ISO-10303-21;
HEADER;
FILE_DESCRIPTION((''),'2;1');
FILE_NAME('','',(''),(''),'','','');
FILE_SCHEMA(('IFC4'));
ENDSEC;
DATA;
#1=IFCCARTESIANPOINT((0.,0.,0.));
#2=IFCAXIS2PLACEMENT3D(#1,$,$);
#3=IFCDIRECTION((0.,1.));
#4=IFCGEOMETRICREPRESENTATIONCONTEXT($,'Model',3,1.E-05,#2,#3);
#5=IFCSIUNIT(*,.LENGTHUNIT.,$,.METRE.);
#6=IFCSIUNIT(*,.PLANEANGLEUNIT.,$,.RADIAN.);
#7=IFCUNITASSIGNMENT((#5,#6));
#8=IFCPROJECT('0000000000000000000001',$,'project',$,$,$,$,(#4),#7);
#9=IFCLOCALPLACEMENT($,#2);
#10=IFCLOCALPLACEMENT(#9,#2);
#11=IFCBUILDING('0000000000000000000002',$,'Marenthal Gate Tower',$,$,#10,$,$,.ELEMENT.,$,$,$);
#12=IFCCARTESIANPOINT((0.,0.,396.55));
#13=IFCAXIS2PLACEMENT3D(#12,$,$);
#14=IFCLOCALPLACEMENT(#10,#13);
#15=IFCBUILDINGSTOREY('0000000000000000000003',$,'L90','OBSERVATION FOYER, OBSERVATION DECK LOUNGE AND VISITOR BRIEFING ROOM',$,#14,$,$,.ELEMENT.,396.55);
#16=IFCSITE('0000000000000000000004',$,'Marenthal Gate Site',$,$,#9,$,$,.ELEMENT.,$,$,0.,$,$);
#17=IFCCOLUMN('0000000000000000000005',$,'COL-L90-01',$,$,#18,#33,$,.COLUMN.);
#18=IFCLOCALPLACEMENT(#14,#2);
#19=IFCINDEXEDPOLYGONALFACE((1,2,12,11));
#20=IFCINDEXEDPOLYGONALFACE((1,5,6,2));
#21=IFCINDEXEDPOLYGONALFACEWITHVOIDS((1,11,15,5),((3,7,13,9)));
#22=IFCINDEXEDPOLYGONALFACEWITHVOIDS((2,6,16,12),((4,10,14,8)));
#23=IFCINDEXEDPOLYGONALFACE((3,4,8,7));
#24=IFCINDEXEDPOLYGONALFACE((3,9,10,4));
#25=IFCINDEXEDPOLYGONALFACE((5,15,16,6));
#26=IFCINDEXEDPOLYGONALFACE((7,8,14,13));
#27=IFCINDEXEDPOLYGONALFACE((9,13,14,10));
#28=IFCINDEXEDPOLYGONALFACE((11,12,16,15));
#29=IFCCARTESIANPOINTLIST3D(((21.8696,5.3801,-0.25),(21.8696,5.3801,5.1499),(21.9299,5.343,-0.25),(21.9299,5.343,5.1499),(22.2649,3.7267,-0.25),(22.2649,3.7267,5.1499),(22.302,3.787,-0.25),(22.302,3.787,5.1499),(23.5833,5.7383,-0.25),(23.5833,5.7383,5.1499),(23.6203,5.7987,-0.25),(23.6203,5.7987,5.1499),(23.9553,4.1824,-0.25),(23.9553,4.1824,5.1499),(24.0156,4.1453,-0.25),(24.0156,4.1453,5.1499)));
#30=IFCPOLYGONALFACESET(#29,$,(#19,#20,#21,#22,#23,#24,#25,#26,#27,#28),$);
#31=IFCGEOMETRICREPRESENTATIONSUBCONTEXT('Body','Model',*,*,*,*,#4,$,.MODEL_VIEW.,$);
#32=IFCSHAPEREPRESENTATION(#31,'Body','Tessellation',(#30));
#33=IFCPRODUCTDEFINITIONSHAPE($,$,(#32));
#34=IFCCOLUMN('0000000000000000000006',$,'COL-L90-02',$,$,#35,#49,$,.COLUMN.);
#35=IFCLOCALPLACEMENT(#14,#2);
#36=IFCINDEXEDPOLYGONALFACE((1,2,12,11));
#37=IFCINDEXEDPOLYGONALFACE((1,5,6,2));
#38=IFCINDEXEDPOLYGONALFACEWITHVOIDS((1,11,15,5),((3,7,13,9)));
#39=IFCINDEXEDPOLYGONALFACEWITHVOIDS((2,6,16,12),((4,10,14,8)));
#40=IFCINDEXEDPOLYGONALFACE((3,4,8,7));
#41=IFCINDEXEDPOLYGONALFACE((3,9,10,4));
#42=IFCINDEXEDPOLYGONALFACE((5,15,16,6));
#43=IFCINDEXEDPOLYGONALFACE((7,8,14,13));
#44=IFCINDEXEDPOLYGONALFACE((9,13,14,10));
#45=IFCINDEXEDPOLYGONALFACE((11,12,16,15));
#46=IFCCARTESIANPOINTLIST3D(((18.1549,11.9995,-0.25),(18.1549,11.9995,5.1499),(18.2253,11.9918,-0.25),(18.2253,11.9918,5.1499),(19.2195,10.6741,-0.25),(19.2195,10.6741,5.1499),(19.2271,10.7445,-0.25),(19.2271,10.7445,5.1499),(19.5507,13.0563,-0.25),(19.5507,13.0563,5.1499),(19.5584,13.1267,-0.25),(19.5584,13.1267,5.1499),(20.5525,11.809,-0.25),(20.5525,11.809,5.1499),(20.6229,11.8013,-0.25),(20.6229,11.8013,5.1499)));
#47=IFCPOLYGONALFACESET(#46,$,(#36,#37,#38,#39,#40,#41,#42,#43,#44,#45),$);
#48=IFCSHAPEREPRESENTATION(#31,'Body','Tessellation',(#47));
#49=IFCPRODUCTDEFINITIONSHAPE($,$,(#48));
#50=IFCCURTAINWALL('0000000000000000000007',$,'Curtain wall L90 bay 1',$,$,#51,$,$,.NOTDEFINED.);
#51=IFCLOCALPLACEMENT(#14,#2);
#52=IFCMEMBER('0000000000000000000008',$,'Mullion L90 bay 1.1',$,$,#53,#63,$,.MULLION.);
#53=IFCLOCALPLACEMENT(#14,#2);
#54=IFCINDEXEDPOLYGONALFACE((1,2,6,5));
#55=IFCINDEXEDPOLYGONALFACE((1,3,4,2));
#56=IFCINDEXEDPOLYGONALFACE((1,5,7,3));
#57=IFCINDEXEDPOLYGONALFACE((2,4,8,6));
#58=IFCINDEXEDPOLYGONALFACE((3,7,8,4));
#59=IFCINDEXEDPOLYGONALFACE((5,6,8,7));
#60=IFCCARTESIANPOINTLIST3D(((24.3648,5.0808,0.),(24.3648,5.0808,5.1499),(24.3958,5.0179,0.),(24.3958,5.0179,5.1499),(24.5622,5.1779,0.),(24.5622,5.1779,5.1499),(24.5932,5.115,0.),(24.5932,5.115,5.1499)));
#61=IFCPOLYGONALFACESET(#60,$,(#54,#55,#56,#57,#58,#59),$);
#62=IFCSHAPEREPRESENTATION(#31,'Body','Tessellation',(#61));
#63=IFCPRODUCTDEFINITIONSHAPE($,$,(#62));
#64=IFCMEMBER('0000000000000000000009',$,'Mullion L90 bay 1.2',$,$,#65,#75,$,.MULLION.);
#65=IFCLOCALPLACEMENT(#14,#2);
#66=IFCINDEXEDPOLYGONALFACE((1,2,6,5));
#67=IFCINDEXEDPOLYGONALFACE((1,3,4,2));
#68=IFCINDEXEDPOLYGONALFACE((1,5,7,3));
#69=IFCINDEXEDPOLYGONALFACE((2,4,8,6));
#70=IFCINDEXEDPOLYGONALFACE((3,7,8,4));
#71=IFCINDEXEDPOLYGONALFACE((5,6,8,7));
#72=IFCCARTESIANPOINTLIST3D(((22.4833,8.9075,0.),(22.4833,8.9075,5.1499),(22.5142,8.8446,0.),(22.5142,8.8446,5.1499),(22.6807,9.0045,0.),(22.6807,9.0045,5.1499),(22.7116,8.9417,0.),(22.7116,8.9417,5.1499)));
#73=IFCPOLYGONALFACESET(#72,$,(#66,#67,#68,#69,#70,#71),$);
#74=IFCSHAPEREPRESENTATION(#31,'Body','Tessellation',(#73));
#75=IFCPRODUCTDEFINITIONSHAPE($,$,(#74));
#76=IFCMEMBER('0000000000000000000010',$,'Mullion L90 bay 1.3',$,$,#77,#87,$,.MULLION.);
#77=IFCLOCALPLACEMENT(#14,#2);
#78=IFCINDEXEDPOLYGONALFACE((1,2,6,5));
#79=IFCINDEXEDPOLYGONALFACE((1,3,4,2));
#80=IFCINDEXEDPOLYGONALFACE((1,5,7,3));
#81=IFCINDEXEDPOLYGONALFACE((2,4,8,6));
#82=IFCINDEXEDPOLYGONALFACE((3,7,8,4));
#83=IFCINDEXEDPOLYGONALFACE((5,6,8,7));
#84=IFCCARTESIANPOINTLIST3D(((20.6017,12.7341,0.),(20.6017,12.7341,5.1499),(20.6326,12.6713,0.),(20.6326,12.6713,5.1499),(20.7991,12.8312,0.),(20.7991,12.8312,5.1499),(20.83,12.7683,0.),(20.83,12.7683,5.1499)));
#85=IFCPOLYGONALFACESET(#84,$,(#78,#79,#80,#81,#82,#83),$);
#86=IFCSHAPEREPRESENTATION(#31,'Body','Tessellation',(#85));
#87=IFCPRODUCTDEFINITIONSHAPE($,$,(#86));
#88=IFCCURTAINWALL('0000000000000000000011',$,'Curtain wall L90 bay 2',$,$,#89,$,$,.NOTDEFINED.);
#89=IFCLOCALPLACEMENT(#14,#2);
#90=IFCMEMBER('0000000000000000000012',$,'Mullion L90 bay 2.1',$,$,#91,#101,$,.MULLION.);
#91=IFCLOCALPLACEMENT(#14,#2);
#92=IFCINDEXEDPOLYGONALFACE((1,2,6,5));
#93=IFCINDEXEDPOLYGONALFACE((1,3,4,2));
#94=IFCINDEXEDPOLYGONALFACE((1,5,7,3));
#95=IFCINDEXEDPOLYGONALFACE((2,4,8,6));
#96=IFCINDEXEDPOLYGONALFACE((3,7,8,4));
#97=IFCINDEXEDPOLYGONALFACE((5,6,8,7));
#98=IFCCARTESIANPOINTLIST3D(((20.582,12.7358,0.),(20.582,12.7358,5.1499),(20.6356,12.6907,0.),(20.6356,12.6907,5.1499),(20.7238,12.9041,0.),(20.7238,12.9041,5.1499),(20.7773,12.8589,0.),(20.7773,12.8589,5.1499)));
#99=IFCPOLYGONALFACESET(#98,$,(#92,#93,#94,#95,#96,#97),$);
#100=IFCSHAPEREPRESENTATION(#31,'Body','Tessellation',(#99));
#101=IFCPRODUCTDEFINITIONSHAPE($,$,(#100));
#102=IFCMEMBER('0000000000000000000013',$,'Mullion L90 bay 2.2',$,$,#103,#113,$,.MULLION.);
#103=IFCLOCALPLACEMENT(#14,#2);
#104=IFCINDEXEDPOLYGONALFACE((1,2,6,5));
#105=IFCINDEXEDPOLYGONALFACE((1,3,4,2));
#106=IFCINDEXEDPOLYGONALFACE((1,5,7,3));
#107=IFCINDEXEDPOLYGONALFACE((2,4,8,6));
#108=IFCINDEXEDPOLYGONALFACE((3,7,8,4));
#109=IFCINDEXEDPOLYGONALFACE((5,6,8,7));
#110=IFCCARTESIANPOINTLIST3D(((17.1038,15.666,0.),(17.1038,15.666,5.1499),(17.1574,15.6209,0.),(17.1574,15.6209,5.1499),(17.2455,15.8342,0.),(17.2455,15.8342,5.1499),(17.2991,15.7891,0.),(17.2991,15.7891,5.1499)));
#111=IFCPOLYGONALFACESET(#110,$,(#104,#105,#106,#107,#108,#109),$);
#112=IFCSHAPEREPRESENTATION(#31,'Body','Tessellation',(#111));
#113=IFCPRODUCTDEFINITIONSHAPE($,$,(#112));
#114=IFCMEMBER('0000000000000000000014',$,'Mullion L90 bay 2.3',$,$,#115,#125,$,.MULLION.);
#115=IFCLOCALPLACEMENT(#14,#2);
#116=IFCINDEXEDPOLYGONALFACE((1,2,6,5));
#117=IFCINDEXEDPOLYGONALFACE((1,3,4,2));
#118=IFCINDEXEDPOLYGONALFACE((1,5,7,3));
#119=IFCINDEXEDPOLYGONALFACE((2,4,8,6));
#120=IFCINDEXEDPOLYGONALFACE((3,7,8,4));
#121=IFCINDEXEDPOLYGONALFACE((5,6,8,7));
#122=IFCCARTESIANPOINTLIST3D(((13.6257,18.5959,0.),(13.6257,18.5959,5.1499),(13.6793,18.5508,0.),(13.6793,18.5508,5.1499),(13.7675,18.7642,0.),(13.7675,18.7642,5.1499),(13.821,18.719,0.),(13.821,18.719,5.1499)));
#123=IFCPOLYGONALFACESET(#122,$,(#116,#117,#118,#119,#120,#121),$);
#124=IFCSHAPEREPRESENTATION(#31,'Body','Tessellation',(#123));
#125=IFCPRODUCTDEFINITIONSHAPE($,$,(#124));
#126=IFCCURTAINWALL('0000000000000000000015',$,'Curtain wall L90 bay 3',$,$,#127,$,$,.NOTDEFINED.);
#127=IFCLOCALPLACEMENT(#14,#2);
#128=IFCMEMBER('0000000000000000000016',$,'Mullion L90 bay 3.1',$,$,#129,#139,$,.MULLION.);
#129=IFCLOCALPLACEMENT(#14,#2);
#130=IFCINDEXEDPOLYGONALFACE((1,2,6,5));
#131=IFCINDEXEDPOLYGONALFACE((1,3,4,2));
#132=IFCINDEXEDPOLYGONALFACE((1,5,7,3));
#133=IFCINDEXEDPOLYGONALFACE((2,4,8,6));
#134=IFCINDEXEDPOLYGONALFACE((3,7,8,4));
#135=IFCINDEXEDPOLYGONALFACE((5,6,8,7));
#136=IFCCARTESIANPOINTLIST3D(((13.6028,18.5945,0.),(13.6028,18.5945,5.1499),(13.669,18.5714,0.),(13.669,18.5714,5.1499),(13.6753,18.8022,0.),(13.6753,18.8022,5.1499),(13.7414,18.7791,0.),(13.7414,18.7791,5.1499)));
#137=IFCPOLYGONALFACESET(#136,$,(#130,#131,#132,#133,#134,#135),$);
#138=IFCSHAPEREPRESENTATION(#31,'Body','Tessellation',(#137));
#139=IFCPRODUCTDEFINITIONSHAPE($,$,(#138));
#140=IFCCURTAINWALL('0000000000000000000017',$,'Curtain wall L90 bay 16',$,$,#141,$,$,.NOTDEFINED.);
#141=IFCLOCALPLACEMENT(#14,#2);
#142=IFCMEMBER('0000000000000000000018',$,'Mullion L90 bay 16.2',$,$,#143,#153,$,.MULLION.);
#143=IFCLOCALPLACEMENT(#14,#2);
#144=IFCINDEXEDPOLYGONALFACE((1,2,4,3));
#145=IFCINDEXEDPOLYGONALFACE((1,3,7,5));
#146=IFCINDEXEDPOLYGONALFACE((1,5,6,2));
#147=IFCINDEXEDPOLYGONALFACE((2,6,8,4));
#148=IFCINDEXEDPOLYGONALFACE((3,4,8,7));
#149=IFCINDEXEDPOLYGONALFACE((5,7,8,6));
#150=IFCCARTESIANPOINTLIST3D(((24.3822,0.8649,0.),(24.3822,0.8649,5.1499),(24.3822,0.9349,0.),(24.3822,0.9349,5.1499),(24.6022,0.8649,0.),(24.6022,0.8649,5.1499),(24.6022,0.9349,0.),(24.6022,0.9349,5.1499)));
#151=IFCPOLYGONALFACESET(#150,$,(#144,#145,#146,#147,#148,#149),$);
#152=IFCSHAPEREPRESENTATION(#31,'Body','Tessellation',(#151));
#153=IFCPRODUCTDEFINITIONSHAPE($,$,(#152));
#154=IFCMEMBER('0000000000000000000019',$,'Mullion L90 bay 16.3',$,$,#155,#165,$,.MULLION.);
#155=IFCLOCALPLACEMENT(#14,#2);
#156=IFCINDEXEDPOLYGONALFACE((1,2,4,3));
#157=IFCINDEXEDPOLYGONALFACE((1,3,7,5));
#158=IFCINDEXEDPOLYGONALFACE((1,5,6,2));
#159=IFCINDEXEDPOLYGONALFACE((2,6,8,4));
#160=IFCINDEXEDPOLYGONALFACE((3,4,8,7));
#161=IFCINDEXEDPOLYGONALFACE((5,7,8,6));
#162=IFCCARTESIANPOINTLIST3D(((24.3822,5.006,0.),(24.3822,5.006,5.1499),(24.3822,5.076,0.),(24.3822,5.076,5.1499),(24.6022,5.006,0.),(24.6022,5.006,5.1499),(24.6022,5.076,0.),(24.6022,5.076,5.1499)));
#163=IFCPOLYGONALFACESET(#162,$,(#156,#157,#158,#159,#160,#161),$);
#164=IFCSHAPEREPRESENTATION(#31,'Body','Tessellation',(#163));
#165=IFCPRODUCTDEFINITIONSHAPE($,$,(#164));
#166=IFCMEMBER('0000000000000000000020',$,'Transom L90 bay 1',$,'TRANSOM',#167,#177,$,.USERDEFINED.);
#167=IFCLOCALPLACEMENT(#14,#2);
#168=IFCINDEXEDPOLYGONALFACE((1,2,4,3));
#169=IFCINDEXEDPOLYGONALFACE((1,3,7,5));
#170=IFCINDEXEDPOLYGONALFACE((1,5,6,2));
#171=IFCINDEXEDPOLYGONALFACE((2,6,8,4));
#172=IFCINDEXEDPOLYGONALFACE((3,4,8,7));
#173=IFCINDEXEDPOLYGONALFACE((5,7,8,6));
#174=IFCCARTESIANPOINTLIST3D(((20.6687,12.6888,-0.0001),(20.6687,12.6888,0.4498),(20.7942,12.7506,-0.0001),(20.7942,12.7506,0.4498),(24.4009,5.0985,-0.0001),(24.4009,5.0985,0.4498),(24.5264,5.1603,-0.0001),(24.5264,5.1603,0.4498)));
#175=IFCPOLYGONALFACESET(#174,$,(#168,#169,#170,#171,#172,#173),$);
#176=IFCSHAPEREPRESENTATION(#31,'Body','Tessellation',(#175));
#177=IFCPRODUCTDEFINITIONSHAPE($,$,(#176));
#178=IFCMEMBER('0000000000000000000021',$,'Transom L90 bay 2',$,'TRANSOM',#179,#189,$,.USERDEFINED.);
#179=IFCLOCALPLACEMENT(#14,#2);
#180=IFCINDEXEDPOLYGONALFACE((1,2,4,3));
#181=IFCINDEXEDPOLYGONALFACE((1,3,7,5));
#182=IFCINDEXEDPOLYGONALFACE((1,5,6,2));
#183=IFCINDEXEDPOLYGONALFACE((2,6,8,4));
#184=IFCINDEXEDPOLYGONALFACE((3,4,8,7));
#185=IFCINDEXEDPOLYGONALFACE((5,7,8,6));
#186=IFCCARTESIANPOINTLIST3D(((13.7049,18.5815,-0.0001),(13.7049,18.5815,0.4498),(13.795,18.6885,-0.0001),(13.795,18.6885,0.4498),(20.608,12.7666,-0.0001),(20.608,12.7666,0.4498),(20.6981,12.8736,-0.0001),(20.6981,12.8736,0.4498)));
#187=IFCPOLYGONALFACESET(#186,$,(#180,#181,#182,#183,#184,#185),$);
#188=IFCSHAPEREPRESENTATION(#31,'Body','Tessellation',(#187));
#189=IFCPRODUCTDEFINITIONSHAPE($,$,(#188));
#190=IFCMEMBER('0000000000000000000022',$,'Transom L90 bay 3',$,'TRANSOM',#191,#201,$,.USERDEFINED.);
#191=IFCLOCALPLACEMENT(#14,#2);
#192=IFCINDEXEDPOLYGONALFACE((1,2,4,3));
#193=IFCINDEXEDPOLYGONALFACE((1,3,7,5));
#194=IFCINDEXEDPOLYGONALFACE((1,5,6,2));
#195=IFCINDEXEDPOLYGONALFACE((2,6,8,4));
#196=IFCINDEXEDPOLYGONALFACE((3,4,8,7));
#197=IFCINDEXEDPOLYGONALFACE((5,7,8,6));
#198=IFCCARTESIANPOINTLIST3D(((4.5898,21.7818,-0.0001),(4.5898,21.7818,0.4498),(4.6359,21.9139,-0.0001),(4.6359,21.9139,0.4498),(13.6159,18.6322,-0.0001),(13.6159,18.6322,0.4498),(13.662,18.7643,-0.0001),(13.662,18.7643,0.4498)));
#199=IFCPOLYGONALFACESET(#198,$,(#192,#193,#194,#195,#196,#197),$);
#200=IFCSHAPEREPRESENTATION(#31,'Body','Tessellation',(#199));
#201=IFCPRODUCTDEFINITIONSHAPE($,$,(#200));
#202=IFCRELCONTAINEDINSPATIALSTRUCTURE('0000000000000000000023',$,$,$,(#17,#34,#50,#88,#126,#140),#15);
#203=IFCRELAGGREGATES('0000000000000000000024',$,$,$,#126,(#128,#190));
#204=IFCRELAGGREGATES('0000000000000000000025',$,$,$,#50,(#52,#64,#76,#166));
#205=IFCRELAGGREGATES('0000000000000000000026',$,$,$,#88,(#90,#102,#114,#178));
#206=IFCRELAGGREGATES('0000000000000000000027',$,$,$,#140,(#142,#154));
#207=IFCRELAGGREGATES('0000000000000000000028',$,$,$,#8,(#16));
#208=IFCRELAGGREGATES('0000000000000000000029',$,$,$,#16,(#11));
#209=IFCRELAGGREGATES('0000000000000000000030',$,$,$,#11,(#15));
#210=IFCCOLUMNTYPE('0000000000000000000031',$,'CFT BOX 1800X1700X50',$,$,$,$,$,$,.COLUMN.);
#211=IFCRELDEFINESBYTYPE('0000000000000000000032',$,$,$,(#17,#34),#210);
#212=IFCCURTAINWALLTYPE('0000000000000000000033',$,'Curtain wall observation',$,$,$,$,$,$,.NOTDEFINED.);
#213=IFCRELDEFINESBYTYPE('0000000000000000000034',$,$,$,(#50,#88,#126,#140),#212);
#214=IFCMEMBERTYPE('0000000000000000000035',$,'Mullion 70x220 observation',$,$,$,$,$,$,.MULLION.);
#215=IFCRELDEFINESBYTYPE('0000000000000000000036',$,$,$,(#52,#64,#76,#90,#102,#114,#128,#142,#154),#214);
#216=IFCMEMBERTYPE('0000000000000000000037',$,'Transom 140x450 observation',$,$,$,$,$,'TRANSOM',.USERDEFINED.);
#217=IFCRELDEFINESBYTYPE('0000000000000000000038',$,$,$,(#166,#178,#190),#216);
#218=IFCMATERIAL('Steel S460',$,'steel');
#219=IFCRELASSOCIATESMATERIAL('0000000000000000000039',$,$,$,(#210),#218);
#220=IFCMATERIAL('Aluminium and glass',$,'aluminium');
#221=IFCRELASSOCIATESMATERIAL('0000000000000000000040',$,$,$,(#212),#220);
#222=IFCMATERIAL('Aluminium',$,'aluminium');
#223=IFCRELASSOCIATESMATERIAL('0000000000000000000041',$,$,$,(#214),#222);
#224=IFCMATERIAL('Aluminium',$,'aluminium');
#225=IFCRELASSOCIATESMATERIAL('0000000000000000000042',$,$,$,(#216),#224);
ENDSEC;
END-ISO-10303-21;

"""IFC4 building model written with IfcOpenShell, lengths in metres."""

from ifc_helpers import new_model, si_unit, direction, frame, origin, origin_2d, place, context, subcontext, project, spatial, rectangle, hollow_rectangle, extrude, material, material_profile, profile_set, type_object, element, aggregate, save


model = new_model("IFC4")

# Units and contexts
model_context = context("Model", 3, precision=1e-05, world=origin(), true_north=direction((0.0, 1.0)))
body_context = subcontext(model_context, "Body", "Model", "MODEL_VIEW")
ifc_project = project(units=[si_unit("LENGTHUNIT", "METRE"), si_unit("PLANEANGLEUNIT", "RADIAN")], contexts=[model_context])

# Site, building, storey
site_placement = place(None, origin())
site = spatial("IfcSite", under=ifc_project, at=site_placement, Name="Marenthal Gate Site", CompositionType="ELEMENT", RefElevation=0.0)
building_placement = place(site_placement, origin())
building = spatial("IfcBuilding", under=site, at=building_placement, Name="Marenthal Gate Tower", CompositionType="ELEMENT")
storey_placement = place(building_placement, frame((0.0, 0.0, 396.55)))
storey = spatial("IfcBuildingStorey", under=building, at=storey_placement, Name="L90", Description="OBSERVATION FOYER, OBSERVATION DECK LOUNGE AND VISITOR BRIEFING ROOM", CompositionType="ELEMENT", Elevation=396.55)

# Columns
ifc_material_1 = material(Name="Steel S460", Category="steel")
ifc_material_profile_1 = material_profile(ifc_material_1, hollow_rectangle(XDim=1.7, YDim=1.8, WallThickness=0.05, at=origin_2d()), Name="CFT BOX 1800X1700X50")
ifc_material_2 = material(Name="Concrete 70 MPa", Category="concrete")
ifc_material_profile_2 = material_profile(ifc_material_2, rectangle(XDim=1.6001, YDim=1.7, at=origin_2d()), Name="CFT BOX 1800X1700X50 INFILL")
ifc_profile_set_1 = profile_set([ifc_material_profile_1, ifc_material_profile_2], Name="Steel S460 shell, Concrete 70 MPa infill")
column_type = type_object("IfcColumnType", Name="CFT BOX 1800X1700X50", PredefinedType="COLUMN", material=ifc_profile_set_1)
for number, where, z_axis, x_axis, name in (
    (1, (22.9426, 4.7627, -0.25), (0.0, 0.0, 1.0), (0.232542, -0.972586, 0.0), "COL-L90-01"),
    (2, (19.3889, 11.9004, -0.25), (0.0, 0.0, 1.0), (0.626198, -0.779664, 0.0), "COL-L90-02"),
):
    element("IfcColumn", number, at=place(storey_placement, frame(where, z_axis=z_axis, x_axis=x_axis)), inside=storey, type_object=column_type, Name=name, PredefinedType="COLUMN", context=body_context, shape_type="SweptSolid", body=[
        extrude(hollow_rectangle(XDim=1.7, YDim=1.8, WallThickness=0.05, at=origin_2d()), origin(), (0.0, 0.0, 1.0), 5.3999),
    ])

# Curtain walls, members
ifc_material_3 = material(Name="Aluminium and glass", Category="aluminium")
curtain_wall_type = type_object("IfcCurtainWallType", Name="Curtain wall observation", PredefinedType="NOTDEFINED", material=ifc_material_3)
curtain_wall_1_placement = place(storey_placement, origin())
curtain_wall_1 = element("IfcCurtainWall", 3, at=curtain_wall_1_placement, inside=storey, type_object=curtain_wall_type, Name="Curtain wall L90 bay 1", PredefinedType="NOTDEFINED")
ifc_material_4 = material(Name="Aluminium", Category="aluminium")
ifc_material_profile_3 = material_profile(ifc_material_4, rectangle(XDim=0.22, YDim=0.0701, at=origin_2d()), Name="70x220 aluminium mullion")
ifc_profile_set_2 = profile_set([ifc_material_profile_3], Name="Aluminium")
member_type_1 = type_object("IfcMemberType", Name="Mullion 70x220 observation", PredefinedType="MULLION", material=ifc_profile_set_2)
member_1_placement = place(storey_placement, frame((24.479, 5.0979, 0.0), z_axis=(0.0, 0.0, 1.0), x_axis=(-0.897386, -0.441247, 0.0)))
member_1 = element("IfcMember", 4, at=member_1_placement, type_object=member_type_1, Name="Mullion L90 bay 1.1", PredefinedType="MULLION", context=body_context, shape_type="SweptSolid", body=[
    extrude(rectangle(XDim=0.22, YDim=0.0701, at=origin_2d()), origin(), (0.0, 0.0, 1.0), 5.1499),
])
member_2_placement = place(storey_placement, frame((22.5974, 8.9246, 0.0), z_axis=(0.0, 0.0, 1.0), x_axis=(-0.897386, -0.441247, 0.0)))
member_2 = element("IfcMember", 5, at=member_2_placement, type_object=member_type_1, Name="Mullion L90 bay 1.2", PredefinedType="MULLION", context=body_context, shape_type="SweptSolid", body=[
    extrude(rectangle(XDim=0.22, YDim=0.0701, at=origin_2d()), origin(), (0.0, 0.0, 1.0), 5.1499),
])
member_3_placement = place(storey_placement, frame((20.7158, 12.7512, 0.0), z_axis=(0.0, 0.0, 1.0), x_axis=(-0.897386, -0.441247, 0.0)))
member_3 = element("IfcMember", 6, at=member_3_placement, type_object=member_type_1, Name="Mullion L90 bay 1.3", PredefinedType="MULLION", context=body_context, shape_type="SweptSolid", body=[
    extrude(rectangle(XDim=0.22, YDim=0.0701, at=origin_2d()), origin(), (0.0, 0.0, 1.0), 5.1499),
])
curtain_wall_2_placement = place(storey_placement, origin())
curtain_wall_2 = element("IfcCurtainWall", 7, at=curtain_wall_2_placement, inside=storey, type_object=curtain_wall_type, Name="Curtain wall L90 bay 2", PredefinedType="NOTDEFINED")
member_4_placement = place(storey_placement, frame((20.6797, 12.7974, 0.0), z_axis=(0.0, 0.0, 1.0), x_axis=(-0.644265, -0.764802, 0.0)))
member_4 = element("IfcMember", 8, at=member_4_placement, type_object=member_type_1, Name="Mullion L90 bay 2.1", PredefinedType="MULLION", context=body_context, shape_type="SweptSolid", body=[
    extrude(rectangle(XDim=0.22, YDim=0.0701, at=origin_2d()), origin(), (0.0, 0.0, 1.0), 5.1499),
])
member_5_placement = place(storey_placement, frame((17.2014, 15.7275, 0.0), z_axis=(0.0, 0.0, 1.0), x_axis=(-0.644265, -0.764802, 0.0)))
member_5 = element("IfcMember", 9, at=member_5_placement, type_object=member_type_1, Name="Mullion L90 bay 2.2", PredefinedType="MULLION", context=body_context, shape_type="SweptSolid", body=[
    extrude(rectangle(XDim=0.22, YDim=0.0701, at=origin_2d()), origin(), (0.0, 0.0, 1.0), 5.1499),
])
member_6_placement = place(storey_placement, frame((13.7234, 18.6575, 0.0), z_axis=(0.0, 0.0, 1.0), x_axis=(-0.644265, -0.764802, 0.0)))
member_6 = element("IfcMember", 10, at=member_6_placement, type_object=member_type_1, Name="Mullion L90 bay 2.3", PredefinedType="MULLION", context=body_context, shape_type="SweptSolid", body=[
    extrude(rectangle(XDim=0.22, YDim=0.0701, at=origin_2d()), origin(), (0.0, 0.0, 1.0), 5.1499),
])

# Curtain wall, member
curtain_wall_3_placement = place(storey_placement, origin())
curtain_wall_3 = element("IfcCurtainWall", 11, at=curtain_wall_3_placement, inside=storey, type_object=curtain_wall_type, Name="Curtain wall L90 bay 3", PredefinedType="NOTDEFINED")
member_7_placement = place(storey_placement, frame((13.6721, 18.6868, 0.0), z_axis=(0.0, 0.0, 1.0), x_axis=(-0.329454, -0.944172, 0.0)))
member_7 = element("IfcMember", 12, at=member_7_placement, type_object=member_type_1, Name="Mullion L90 bay 3.1", PredefinedType="MULLION", context=body_context, shape_type="SweptSolid", body=[
    extrude(rectangle(XDim=0.22, YDim=0.0701, at=origin_2d()), origin(), (0.0, 0.0, 1.0), 5.1499),
])

# Curtain wall, members
curtain_wall_4_placement = place(storey_placement, origin())
curtain_wall_4 = element("IfcCurtainWall", 13, at=curtain_wall_4_placement, inside=storey, type_object=curtain_wall_type, Name="Curtain wall L90 bay 16", PredefinedType="NOTDEFINED")
member_8_placement = place(storey_placement, frame((24.4922, 0.8999, 0.0), z_axis=(0.0, 0.0, 1.0), x_axis=(-1.0, 0.0, 0.0)))
member_8 = element("IfcMember", 14, at=member_8_placement, type_object=member_type_1, Name="Mullion L90 bay 16.2", PredefinedType="MULLION", context=body_context, shape_type="SweptSolid", body=[
    extrude(rectangle(XDim=0.22, YDim=0.0701, at=origin_2d()), origin(), (0.0, 0.0, 1.0), 5.1499),
])
member_9_placement = place(storey_placement, frame((24.4922, 5.041, 0.0), z_axis=(0.0, 0.0, 1.0), x_axis=(-1.0, 0.0, 0.0)))
member_9 = element("IfcMember", 15, at=member_9_placement, type_object=member_type_1, Name="Mullion L90 bay 16.3", PredefinedType="MULLION", context=body_context, shape_type="SweptSolid", body=[
    extrude(rectangle(XDim=0.22, YDim=0.0701, at=origin_2d()), origin(), (0.0, 0.0, 1.0), 5.1499),
])

# Members
ifc_material_5 = material(Name="Aluminium", Category="aluminium")
ifc_material_profile_4 = material_profile(ifc_material_5, rectangle(XDim=0.1399, YDim=0.45, at=origin_2d()), Name="140x450 aluminium transom")
ifc_profile_set_3 = profile_set([ifc_material_profile_4], Name="Aluminium")
member_type_2 = type_object("IfcMemberType", Name="Transom 140x450 observation", ElementType="TRANSOM", PredefinedType="USERDEFINED", material=ifc_profile_set_3)
member_10_placement = place(storey_placement, frame((24.4636, 5.1294, 0.2249), z_axis=(-0.441246, 0.897386, 0.0), x_axis=(-0.897386, -0.441246, 0.0)))
member_10 = element("IfcMember", 16, at=member_10_placement, type_object=member_type_2, Name="Transom L90 bay 1", ObjectType="TRANSOM", PredefinedType="USERDEFINED", context=body_context, shape_type="SweptSolid", body=[
    extrude(rectangle(XDim=0.1399, YDim=0.45, at=origin_2d()), origin(), (0.0, 0.0, 1.0), 8.4583),
])
member_11_placement = place(storey_placement, frame((20.6531, 12.8201, 0.2249), z_axis=(-0.764812, 0.644254, 0.0), x_axis=(-0.644254, -0.764812, 0.0)))
member_11 = element("IfcMember", 17, at=member_11_placement, type_object=member_type_2, Name="Transom L90 bay 2", ObjectType="TRANSOM", PredefinedType="USERDEFINED", context=body_context, shape_type="SweptSolid", body=[
    extrude(rectangle(XDim=0.1399, YDim=0.45, at=origin_2d()), origin(), (0.0, 0.0, 1.0), 9.0259),
])
member_12_placement = place(storey_placement, frame((13.6389, 18.6982, 0.2249), z_axis=(-0.944167, 0.329466, 0.0), x_axis=(-0.329466, -0.944167, 0.0)))
member_12 = element("IfcMember", 18, at=member_12_placement, type_object=member_type_2, Name="Transom L90 bay 3", ObjectType="TRANSOM", PredefinedType="USERDEFINED", context=body_context, shape_type="SweptSolid", body=[
    extrude(rectangle(XDim=0.1399, YDim=0.45, at=origin_2d()), origin(), (0.0, 0.0, 1.0), 9.5598),
])
aggregate(curtain_wall_3, [member_7, member_12])

aggregate(curtain_wall_1, [member_1, member_2, member_3, member_10])
aggregate(curtain_wall_2, [member_4, member_5, member_6, member_11])
aggregate(curtain_wall_4, [member_8, member_9])

save(model, "model.ifc")
